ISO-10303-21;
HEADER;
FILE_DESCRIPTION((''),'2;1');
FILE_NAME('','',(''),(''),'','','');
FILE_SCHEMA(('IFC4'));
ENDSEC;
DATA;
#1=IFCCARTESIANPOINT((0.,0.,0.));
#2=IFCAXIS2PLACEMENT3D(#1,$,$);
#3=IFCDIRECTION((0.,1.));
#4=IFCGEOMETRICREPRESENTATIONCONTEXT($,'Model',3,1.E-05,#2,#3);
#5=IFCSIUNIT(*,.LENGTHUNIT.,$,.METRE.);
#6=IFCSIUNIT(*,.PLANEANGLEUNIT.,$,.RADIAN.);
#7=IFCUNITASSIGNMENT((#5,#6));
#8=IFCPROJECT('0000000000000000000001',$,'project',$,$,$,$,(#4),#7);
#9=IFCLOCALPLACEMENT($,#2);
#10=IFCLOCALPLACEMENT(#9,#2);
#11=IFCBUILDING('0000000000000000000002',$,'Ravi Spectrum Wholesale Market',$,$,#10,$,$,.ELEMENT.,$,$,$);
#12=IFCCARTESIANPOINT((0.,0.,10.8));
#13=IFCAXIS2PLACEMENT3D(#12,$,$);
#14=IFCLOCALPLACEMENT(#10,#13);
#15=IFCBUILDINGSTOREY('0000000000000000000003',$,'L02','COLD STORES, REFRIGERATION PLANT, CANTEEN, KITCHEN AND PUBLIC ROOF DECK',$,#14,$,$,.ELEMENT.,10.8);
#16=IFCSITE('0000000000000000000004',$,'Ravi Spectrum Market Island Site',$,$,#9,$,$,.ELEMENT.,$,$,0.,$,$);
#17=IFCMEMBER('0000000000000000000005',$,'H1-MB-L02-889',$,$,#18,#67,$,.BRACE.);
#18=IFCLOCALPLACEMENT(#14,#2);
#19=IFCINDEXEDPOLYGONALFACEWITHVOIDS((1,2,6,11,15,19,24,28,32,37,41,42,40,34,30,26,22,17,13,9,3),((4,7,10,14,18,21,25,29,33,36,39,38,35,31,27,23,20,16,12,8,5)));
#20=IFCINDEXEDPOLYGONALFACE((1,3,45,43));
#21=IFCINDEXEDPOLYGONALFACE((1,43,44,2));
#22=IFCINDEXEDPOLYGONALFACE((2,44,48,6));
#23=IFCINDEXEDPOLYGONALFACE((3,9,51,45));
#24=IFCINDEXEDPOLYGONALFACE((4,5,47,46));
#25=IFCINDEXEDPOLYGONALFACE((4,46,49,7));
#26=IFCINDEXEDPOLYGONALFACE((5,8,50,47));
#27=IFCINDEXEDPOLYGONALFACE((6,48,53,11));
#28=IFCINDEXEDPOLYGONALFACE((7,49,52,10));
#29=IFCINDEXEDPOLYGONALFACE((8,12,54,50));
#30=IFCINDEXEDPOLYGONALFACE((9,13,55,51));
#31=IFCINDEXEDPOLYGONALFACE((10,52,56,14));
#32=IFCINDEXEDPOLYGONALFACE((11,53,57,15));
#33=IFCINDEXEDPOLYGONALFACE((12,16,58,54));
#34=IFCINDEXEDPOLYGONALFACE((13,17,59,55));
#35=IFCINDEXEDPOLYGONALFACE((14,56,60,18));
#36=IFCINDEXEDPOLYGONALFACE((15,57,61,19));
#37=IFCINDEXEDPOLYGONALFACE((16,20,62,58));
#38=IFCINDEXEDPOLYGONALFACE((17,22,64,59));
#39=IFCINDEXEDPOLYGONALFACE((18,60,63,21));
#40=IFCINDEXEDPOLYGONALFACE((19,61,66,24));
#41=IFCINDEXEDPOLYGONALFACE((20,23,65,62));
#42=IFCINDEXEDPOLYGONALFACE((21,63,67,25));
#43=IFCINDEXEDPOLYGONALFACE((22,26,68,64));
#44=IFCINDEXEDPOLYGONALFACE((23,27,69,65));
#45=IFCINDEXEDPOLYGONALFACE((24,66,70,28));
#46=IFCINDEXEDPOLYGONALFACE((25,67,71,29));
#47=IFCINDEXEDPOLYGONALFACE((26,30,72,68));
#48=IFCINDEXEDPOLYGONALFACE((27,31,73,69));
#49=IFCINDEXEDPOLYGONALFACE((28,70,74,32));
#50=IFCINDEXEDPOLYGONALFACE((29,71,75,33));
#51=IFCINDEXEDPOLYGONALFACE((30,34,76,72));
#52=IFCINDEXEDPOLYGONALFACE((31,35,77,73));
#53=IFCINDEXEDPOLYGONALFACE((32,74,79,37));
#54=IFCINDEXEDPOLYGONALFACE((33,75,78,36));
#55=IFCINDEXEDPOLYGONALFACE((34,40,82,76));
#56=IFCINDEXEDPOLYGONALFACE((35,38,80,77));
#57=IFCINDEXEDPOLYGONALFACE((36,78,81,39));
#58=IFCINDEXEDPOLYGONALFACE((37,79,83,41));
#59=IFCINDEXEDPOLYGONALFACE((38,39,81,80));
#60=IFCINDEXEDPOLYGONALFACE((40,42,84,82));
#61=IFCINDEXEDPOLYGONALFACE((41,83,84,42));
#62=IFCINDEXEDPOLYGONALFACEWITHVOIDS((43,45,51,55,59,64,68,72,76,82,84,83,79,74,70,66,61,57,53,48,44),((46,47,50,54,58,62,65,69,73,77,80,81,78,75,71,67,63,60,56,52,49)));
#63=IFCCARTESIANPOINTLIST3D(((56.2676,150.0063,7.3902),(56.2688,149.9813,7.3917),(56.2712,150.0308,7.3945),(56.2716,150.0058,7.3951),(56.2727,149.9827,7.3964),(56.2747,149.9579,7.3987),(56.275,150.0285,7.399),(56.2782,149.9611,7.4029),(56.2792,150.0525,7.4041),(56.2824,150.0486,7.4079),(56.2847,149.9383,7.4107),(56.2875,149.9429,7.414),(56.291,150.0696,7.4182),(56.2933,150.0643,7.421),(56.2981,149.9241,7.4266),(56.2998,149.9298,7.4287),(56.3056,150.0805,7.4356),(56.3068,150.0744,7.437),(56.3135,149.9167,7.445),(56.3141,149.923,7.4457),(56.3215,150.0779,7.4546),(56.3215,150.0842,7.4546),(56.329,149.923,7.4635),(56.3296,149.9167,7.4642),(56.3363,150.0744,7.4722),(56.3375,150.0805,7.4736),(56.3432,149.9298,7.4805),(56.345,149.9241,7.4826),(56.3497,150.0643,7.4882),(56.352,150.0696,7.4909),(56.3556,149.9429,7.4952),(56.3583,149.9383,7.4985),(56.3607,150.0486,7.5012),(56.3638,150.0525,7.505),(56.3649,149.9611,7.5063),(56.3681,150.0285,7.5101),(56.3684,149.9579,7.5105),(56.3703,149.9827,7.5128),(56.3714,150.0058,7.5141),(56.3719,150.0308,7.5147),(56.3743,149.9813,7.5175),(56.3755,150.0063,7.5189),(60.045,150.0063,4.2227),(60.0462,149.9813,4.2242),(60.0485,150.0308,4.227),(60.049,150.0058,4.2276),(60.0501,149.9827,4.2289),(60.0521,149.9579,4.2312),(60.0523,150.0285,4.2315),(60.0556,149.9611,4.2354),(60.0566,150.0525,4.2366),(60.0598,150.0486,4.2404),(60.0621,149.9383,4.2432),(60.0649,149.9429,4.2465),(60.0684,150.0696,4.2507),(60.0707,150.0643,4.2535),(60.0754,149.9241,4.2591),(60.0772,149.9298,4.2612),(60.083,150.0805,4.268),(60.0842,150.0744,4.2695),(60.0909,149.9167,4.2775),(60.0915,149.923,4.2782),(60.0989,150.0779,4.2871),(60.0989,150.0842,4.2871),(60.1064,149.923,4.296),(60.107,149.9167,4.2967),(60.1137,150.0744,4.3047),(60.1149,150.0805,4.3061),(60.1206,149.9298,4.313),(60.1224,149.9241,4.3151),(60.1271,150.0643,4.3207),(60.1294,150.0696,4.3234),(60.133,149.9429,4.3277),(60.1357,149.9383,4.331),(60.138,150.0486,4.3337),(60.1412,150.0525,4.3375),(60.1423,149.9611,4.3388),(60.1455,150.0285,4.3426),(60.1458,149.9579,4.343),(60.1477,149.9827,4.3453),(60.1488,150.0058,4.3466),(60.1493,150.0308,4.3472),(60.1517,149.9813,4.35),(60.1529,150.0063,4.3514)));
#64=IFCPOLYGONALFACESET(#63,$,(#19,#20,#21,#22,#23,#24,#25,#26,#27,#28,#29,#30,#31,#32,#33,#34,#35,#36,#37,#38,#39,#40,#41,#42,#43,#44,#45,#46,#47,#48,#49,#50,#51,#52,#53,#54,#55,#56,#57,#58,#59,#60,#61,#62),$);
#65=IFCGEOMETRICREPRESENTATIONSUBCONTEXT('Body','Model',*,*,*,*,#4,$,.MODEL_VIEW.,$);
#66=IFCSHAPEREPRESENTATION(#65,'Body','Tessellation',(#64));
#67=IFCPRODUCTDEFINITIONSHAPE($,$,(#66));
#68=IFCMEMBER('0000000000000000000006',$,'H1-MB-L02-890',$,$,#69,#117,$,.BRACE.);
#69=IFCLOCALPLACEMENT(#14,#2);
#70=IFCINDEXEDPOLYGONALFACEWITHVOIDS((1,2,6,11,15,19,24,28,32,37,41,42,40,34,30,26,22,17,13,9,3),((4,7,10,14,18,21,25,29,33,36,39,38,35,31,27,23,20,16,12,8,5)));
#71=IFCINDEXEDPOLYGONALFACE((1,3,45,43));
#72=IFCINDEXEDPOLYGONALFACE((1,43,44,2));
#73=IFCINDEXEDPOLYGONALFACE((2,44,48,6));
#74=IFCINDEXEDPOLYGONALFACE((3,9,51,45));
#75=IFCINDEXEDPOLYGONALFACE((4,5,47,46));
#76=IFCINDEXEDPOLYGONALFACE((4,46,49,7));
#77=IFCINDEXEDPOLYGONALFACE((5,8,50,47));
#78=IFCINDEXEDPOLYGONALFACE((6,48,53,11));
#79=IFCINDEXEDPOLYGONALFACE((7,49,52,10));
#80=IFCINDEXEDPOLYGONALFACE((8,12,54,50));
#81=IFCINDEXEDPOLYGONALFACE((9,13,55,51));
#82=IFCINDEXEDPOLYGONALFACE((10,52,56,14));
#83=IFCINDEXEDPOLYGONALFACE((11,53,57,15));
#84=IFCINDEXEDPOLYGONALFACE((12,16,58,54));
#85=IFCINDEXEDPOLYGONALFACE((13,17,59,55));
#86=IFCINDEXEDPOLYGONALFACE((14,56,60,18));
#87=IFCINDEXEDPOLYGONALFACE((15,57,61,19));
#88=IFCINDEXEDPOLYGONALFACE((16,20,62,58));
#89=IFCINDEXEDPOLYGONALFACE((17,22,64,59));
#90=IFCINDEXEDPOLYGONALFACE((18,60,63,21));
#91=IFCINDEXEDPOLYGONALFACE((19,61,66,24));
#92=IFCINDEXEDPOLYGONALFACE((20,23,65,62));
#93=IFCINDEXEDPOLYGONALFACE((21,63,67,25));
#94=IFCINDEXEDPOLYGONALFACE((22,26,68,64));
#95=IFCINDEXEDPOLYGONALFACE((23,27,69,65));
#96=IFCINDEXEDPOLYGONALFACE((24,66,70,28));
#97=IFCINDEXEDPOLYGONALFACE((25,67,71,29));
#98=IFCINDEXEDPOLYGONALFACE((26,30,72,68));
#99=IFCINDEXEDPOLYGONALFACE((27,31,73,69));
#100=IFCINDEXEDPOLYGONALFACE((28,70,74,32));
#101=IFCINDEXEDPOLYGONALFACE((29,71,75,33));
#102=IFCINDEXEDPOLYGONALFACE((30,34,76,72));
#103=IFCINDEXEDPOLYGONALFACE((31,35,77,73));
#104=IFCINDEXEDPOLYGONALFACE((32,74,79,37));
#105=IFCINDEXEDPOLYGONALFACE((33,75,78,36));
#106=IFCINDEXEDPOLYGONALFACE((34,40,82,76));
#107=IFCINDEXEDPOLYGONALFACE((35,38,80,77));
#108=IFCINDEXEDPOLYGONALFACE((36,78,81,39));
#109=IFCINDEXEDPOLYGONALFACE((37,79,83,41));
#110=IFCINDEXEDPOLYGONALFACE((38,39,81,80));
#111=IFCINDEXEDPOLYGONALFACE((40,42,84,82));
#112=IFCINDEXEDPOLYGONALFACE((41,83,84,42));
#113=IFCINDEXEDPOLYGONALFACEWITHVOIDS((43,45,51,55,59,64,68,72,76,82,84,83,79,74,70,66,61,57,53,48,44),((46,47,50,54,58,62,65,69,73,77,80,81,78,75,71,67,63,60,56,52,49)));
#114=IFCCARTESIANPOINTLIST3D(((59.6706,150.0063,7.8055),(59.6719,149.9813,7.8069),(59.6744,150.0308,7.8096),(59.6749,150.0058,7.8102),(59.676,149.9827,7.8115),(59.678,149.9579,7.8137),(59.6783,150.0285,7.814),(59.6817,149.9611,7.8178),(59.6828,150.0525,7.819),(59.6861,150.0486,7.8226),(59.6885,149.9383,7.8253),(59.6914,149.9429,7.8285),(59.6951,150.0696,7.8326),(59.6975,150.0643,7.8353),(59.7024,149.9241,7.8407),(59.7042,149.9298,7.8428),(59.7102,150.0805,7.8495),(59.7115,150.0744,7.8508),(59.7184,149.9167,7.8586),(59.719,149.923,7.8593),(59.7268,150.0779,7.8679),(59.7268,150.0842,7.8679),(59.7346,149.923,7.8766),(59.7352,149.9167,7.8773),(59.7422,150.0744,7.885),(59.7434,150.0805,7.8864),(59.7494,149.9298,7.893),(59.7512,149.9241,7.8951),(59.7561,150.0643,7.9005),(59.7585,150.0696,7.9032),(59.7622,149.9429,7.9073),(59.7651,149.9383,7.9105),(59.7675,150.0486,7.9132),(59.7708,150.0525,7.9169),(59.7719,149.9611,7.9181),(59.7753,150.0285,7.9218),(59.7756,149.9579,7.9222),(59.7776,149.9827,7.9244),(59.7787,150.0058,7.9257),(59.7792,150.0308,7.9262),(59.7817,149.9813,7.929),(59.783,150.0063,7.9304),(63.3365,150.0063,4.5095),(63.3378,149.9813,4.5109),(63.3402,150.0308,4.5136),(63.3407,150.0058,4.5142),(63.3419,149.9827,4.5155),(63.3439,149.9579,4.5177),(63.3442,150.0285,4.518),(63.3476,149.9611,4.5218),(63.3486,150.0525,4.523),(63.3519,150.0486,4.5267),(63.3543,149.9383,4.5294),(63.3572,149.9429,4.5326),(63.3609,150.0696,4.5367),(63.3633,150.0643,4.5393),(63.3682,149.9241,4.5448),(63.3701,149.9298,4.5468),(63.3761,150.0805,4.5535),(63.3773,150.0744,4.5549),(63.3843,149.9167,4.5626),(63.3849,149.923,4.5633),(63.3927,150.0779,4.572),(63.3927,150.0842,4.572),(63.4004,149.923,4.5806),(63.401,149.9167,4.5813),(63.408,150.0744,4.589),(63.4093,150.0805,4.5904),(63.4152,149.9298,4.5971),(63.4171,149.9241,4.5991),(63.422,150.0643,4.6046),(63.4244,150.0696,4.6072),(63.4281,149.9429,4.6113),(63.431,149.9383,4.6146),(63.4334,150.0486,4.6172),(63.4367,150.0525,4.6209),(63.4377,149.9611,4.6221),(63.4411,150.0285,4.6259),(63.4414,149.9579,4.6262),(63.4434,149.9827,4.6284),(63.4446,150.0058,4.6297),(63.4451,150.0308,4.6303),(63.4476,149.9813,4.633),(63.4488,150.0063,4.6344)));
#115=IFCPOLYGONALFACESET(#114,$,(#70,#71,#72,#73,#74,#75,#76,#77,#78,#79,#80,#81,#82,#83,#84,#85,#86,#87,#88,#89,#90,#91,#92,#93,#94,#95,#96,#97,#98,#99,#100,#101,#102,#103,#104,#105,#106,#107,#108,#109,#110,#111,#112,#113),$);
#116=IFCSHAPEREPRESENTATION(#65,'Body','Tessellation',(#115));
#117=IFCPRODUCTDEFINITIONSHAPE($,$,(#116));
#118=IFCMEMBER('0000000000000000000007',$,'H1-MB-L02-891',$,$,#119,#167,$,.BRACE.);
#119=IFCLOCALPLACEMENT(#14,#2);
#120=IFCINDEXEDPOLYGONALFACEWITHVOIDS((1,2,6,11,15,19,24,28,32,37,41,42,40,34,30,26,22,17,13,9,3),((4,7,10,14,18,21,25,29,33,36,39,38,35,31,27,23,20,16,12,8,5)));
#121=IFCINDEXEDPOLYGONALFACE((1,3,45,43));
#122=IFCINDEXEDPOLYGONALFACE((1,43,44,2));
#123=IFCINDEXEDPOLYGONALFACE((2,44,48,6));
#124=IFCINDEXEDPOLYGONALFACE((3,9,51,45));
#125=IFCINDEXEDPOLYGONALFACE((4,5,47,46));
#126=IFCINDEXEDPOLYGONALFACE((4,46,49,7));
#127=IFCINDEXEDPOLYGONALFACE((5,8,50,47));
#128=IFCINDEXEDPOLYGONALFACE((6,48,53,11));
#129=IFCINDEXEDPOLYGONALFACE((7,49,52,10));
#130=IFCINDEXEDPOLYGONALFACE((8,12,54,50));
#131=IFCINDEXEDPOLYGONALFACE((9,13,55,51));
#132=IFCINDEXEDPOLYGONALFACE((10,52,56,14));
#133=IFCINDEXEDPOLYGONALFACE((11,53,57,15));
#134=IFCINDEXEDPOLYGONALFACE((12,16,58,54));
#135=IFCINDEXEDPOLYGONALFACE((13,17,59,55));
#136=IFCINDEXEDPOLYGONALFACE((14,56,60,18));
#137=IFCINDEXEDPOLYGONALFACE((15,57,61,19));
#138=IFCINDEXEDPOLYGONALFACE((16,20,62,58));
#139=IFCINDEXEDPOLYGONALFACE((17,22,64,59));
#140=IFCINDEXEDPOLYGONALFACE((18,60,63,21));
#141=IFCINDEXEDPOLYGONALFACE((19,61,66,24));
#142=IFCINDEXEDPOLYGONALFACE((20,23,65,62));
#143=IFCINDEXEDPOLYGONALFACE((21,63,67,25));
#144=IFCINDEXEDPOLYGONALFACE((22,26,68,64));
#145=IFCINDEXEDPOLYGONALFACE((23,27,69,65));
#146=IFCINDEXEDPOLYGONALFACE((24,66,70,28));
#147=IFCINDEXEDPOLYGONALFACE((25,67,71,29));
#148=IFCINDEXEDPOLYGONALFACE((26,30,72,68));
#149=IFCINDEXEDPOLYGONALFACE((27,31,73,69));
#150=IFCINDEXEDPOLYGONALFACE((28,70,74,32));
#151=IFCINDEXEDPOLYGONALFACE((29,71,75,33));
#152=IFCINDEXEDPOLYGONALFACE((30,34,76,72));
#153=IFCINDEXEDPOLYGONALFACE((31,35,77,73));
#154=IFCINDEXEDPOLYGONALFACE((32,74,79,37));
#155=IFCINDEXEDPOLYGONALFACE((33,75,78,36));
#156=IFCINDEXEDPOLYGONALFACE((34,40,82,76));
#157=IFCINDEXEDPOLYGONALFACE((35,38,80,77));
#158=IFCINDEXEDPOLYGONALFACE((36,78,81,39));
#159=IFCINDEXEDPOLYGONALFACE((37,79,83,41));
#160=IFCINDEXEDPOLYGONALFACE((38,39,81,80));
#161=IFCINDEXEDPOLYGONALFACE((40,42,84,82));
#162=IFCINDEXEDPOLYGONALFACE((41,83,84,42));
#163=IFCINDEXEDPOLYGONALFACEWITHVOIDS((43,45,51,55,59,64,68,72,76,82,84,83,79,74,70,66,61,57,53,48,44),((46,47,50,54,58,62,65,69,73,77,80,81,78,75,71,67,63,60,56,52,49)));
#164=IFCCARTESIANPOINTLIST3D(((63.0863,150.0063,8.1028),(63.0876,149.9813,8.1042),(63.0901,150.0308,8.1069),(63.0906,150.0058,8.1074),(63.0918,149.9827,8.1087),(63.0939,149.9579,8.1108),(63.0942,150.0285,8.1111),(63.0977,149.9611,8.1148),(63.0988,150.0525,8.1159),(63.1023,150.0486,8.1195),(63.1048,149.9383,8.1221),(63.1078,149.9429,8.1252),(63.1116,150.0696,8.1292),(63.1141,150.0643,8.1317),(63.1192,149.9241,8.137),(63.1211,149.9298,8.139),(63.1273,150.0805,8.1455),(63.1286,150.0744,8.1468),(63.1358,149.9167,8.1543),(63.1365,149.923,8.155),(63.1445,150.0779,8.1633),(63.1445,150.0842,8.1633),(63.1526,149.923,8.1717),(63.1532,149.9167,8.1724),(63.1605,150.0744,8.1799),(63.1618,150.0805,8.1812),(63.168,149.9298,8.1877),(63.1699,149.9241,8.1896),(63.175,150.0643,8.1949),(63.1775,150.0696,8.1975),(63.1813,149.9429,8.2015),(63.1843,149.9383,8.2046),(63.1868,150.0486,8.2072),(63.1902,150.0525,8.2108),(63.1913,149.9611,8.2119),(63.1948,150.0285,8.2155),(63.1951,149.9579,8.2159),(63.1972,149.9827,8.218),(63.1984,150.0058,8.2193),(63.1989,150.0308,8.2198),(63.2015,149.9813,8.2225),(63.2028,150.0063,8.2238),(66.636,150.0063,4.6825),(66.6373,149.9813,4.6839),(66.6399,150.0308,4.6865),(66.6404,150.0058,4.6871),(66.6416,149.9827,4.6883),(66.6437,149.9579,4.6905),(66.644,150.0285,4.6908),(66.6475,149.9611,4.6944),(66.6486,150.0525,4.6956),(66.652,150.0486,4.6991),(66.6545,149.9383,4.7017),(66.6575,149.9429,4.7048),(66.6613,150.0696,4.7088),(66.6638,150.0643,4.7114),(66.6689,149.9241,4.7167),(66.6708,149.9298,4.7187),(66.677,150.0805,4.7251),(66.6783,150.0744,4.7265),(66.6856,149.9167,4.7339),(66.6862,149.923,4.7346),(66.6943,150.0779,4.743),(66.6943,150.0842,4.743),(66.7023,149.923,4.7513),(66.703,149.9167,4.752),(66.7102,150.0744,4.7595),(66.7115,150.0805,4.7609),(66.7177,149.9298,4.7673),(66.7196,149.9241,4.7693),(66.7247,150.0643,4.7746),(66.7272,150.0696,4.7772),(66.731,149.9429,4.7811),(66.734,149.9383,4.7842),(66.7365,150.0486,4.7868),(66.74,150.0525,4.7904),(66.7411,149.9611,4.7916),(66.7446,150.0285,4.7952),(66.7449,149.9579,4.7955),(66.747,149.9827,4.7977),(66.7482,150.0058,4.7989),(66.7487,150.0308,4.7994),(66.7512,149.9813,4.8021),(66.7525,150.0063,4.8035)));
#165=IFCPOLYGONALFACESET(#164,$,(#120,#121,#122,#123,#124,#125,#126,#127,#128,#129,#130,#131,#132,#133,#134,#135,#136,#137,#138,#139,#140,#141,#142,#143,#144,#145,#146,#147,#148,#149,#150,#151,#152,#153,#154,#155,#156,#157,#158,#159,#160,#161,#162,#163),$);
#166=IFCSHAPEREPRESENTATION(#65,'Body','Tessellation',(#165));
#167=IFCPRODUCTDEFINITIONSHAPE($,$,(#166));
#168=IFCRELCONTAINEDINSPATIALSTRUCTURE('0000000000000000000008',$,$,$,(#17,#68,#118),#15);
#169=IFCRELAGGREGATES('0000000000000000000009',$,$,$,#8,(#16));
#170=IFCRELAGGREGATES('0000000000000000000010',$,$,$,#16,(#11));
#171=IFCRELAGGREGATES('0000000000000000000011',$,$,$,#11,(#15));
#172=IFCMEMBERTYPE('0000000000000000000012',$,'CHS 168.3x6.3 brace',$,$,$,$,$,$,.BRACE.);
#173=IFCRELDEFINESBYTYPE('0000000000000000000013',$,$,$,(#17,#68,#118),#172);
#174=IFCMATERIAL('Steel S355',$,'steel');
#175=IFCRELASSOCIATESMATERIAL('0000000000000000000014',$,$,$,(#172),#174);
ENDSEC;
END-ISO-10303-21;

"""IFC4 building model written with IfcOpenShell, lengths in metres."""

from ifc_helpers import new_model, si_unit, direction, frame, origin, origin_2d, place, context, subcontext, project, spatial, hollow_circle, extrude, material, material_profile, profile_set, type_object, element, save


model = new_model("IFC4")

# Units and contexts
model_context = context("Model", 3, precision=1e-05, world=origin(), true_north=direction((0.0, 1.0)))
body_context = subcontext(model_context, "Body", "Model", "MODEL_VIEW")
ifc_project = project(units=[si_unit("LENGTHUNIT", "METRE"), si_unit("PLANEANGLEUNIT", "RADIAN")], contexts=[model_context])

# Site, building, storey
site_placement = place(None, origin())
site = spatial("IfcSite", under=ifc_project, at=site_placement, Name="Ravi Spectrum Market Island Site", CompositionType="ELEMENT", RefElevation=0.0)
building_placement = place(site_placement, origin())
building = spatial("IfcBuilding", under=site, at=building_placement, Name="Ravi Spectrum Wholesale Market", CompositionType="ELEMENT")
storey_placement = place(building_placement, frame((0.0, 0.0, 10.8)))
storey = spatial("IfcBuildingStorey", under=building, at=storey_placement, Name="L02", Description="COLD STORES, REFRIGERATION PLANT, CANTEEN, KITCHEN AND PUBLIC ROOF DECK", CompositionType="ELEMENT", Elevation=10.8)

# Members
ifc_material_1 = material(Name="Steel S355", Category="steel")
ifc_material_profile_1 = material_profile(ifc_material_1, hollow_circle(Radius=0.0842, WallThickness=0.0063, at=origin_2d()))
ifc_profile_set_1 = profile_set([ifc_material_profile_1], Name="Steel S355")
member_type_1 = type_object("IfcMemberType", Name="CHS 168.3x6.3 brace", PredefinedType="BRACE", material=ifc_profile_set_1)
for number, where, z_axis, x_axis, name in (
    (1, (56.3215, 150.0, 7.4546), (0.766253, 0.0, -0.642539), (0.0, 1.0, 0.0), "H1-MB-L02-889"),
    (2, (59.7268, 150.0, 7.8679), (0.743627, 0.0, -0.668595), (0.0, 1.0, 0.0), "H1-MB-L02-890"),
):
    element("IfcMember", number, at=place(storey_placement, frame(where, z_axis=z_axis, x_axis=x_axis)), inside=storey, type_object=member_type_1, Name=name, PredefinedType="BRACE", context=body_context, shape_type="SweptSolid", body=[
        extrude(hollow_circle(Radius=0.0842, WallThickness=0.0063, at=origin_2d()), origin(), (0.0, 0.0, 1.0), 4.9297),
    ])
for number, where, z_axis, x_axis, name in (
    (3, (63.1445, 150.0, 8.1633), (0.720109, 0.0, -0.693861), (0.0, 1.0, 0.0), "H1-MB-L02-891"),
):
    element("IfcMember", number, at=place(storey_placement, frame(where, z_axis=z_axis, x_axis=x_axis)), inside=storey, type_object=member_type_1, Name=name, PredefinedType="BRACE", context=body_context, shape_type="SweptSolid", body=[
        extrude(hollow_circle(Radius=0.0842, WallThickness=0.0063, at=origin_2d()), origin(), (0.0, 0.0, 1.0), 4.9294),
    ])

save(model, "model.ifc")
